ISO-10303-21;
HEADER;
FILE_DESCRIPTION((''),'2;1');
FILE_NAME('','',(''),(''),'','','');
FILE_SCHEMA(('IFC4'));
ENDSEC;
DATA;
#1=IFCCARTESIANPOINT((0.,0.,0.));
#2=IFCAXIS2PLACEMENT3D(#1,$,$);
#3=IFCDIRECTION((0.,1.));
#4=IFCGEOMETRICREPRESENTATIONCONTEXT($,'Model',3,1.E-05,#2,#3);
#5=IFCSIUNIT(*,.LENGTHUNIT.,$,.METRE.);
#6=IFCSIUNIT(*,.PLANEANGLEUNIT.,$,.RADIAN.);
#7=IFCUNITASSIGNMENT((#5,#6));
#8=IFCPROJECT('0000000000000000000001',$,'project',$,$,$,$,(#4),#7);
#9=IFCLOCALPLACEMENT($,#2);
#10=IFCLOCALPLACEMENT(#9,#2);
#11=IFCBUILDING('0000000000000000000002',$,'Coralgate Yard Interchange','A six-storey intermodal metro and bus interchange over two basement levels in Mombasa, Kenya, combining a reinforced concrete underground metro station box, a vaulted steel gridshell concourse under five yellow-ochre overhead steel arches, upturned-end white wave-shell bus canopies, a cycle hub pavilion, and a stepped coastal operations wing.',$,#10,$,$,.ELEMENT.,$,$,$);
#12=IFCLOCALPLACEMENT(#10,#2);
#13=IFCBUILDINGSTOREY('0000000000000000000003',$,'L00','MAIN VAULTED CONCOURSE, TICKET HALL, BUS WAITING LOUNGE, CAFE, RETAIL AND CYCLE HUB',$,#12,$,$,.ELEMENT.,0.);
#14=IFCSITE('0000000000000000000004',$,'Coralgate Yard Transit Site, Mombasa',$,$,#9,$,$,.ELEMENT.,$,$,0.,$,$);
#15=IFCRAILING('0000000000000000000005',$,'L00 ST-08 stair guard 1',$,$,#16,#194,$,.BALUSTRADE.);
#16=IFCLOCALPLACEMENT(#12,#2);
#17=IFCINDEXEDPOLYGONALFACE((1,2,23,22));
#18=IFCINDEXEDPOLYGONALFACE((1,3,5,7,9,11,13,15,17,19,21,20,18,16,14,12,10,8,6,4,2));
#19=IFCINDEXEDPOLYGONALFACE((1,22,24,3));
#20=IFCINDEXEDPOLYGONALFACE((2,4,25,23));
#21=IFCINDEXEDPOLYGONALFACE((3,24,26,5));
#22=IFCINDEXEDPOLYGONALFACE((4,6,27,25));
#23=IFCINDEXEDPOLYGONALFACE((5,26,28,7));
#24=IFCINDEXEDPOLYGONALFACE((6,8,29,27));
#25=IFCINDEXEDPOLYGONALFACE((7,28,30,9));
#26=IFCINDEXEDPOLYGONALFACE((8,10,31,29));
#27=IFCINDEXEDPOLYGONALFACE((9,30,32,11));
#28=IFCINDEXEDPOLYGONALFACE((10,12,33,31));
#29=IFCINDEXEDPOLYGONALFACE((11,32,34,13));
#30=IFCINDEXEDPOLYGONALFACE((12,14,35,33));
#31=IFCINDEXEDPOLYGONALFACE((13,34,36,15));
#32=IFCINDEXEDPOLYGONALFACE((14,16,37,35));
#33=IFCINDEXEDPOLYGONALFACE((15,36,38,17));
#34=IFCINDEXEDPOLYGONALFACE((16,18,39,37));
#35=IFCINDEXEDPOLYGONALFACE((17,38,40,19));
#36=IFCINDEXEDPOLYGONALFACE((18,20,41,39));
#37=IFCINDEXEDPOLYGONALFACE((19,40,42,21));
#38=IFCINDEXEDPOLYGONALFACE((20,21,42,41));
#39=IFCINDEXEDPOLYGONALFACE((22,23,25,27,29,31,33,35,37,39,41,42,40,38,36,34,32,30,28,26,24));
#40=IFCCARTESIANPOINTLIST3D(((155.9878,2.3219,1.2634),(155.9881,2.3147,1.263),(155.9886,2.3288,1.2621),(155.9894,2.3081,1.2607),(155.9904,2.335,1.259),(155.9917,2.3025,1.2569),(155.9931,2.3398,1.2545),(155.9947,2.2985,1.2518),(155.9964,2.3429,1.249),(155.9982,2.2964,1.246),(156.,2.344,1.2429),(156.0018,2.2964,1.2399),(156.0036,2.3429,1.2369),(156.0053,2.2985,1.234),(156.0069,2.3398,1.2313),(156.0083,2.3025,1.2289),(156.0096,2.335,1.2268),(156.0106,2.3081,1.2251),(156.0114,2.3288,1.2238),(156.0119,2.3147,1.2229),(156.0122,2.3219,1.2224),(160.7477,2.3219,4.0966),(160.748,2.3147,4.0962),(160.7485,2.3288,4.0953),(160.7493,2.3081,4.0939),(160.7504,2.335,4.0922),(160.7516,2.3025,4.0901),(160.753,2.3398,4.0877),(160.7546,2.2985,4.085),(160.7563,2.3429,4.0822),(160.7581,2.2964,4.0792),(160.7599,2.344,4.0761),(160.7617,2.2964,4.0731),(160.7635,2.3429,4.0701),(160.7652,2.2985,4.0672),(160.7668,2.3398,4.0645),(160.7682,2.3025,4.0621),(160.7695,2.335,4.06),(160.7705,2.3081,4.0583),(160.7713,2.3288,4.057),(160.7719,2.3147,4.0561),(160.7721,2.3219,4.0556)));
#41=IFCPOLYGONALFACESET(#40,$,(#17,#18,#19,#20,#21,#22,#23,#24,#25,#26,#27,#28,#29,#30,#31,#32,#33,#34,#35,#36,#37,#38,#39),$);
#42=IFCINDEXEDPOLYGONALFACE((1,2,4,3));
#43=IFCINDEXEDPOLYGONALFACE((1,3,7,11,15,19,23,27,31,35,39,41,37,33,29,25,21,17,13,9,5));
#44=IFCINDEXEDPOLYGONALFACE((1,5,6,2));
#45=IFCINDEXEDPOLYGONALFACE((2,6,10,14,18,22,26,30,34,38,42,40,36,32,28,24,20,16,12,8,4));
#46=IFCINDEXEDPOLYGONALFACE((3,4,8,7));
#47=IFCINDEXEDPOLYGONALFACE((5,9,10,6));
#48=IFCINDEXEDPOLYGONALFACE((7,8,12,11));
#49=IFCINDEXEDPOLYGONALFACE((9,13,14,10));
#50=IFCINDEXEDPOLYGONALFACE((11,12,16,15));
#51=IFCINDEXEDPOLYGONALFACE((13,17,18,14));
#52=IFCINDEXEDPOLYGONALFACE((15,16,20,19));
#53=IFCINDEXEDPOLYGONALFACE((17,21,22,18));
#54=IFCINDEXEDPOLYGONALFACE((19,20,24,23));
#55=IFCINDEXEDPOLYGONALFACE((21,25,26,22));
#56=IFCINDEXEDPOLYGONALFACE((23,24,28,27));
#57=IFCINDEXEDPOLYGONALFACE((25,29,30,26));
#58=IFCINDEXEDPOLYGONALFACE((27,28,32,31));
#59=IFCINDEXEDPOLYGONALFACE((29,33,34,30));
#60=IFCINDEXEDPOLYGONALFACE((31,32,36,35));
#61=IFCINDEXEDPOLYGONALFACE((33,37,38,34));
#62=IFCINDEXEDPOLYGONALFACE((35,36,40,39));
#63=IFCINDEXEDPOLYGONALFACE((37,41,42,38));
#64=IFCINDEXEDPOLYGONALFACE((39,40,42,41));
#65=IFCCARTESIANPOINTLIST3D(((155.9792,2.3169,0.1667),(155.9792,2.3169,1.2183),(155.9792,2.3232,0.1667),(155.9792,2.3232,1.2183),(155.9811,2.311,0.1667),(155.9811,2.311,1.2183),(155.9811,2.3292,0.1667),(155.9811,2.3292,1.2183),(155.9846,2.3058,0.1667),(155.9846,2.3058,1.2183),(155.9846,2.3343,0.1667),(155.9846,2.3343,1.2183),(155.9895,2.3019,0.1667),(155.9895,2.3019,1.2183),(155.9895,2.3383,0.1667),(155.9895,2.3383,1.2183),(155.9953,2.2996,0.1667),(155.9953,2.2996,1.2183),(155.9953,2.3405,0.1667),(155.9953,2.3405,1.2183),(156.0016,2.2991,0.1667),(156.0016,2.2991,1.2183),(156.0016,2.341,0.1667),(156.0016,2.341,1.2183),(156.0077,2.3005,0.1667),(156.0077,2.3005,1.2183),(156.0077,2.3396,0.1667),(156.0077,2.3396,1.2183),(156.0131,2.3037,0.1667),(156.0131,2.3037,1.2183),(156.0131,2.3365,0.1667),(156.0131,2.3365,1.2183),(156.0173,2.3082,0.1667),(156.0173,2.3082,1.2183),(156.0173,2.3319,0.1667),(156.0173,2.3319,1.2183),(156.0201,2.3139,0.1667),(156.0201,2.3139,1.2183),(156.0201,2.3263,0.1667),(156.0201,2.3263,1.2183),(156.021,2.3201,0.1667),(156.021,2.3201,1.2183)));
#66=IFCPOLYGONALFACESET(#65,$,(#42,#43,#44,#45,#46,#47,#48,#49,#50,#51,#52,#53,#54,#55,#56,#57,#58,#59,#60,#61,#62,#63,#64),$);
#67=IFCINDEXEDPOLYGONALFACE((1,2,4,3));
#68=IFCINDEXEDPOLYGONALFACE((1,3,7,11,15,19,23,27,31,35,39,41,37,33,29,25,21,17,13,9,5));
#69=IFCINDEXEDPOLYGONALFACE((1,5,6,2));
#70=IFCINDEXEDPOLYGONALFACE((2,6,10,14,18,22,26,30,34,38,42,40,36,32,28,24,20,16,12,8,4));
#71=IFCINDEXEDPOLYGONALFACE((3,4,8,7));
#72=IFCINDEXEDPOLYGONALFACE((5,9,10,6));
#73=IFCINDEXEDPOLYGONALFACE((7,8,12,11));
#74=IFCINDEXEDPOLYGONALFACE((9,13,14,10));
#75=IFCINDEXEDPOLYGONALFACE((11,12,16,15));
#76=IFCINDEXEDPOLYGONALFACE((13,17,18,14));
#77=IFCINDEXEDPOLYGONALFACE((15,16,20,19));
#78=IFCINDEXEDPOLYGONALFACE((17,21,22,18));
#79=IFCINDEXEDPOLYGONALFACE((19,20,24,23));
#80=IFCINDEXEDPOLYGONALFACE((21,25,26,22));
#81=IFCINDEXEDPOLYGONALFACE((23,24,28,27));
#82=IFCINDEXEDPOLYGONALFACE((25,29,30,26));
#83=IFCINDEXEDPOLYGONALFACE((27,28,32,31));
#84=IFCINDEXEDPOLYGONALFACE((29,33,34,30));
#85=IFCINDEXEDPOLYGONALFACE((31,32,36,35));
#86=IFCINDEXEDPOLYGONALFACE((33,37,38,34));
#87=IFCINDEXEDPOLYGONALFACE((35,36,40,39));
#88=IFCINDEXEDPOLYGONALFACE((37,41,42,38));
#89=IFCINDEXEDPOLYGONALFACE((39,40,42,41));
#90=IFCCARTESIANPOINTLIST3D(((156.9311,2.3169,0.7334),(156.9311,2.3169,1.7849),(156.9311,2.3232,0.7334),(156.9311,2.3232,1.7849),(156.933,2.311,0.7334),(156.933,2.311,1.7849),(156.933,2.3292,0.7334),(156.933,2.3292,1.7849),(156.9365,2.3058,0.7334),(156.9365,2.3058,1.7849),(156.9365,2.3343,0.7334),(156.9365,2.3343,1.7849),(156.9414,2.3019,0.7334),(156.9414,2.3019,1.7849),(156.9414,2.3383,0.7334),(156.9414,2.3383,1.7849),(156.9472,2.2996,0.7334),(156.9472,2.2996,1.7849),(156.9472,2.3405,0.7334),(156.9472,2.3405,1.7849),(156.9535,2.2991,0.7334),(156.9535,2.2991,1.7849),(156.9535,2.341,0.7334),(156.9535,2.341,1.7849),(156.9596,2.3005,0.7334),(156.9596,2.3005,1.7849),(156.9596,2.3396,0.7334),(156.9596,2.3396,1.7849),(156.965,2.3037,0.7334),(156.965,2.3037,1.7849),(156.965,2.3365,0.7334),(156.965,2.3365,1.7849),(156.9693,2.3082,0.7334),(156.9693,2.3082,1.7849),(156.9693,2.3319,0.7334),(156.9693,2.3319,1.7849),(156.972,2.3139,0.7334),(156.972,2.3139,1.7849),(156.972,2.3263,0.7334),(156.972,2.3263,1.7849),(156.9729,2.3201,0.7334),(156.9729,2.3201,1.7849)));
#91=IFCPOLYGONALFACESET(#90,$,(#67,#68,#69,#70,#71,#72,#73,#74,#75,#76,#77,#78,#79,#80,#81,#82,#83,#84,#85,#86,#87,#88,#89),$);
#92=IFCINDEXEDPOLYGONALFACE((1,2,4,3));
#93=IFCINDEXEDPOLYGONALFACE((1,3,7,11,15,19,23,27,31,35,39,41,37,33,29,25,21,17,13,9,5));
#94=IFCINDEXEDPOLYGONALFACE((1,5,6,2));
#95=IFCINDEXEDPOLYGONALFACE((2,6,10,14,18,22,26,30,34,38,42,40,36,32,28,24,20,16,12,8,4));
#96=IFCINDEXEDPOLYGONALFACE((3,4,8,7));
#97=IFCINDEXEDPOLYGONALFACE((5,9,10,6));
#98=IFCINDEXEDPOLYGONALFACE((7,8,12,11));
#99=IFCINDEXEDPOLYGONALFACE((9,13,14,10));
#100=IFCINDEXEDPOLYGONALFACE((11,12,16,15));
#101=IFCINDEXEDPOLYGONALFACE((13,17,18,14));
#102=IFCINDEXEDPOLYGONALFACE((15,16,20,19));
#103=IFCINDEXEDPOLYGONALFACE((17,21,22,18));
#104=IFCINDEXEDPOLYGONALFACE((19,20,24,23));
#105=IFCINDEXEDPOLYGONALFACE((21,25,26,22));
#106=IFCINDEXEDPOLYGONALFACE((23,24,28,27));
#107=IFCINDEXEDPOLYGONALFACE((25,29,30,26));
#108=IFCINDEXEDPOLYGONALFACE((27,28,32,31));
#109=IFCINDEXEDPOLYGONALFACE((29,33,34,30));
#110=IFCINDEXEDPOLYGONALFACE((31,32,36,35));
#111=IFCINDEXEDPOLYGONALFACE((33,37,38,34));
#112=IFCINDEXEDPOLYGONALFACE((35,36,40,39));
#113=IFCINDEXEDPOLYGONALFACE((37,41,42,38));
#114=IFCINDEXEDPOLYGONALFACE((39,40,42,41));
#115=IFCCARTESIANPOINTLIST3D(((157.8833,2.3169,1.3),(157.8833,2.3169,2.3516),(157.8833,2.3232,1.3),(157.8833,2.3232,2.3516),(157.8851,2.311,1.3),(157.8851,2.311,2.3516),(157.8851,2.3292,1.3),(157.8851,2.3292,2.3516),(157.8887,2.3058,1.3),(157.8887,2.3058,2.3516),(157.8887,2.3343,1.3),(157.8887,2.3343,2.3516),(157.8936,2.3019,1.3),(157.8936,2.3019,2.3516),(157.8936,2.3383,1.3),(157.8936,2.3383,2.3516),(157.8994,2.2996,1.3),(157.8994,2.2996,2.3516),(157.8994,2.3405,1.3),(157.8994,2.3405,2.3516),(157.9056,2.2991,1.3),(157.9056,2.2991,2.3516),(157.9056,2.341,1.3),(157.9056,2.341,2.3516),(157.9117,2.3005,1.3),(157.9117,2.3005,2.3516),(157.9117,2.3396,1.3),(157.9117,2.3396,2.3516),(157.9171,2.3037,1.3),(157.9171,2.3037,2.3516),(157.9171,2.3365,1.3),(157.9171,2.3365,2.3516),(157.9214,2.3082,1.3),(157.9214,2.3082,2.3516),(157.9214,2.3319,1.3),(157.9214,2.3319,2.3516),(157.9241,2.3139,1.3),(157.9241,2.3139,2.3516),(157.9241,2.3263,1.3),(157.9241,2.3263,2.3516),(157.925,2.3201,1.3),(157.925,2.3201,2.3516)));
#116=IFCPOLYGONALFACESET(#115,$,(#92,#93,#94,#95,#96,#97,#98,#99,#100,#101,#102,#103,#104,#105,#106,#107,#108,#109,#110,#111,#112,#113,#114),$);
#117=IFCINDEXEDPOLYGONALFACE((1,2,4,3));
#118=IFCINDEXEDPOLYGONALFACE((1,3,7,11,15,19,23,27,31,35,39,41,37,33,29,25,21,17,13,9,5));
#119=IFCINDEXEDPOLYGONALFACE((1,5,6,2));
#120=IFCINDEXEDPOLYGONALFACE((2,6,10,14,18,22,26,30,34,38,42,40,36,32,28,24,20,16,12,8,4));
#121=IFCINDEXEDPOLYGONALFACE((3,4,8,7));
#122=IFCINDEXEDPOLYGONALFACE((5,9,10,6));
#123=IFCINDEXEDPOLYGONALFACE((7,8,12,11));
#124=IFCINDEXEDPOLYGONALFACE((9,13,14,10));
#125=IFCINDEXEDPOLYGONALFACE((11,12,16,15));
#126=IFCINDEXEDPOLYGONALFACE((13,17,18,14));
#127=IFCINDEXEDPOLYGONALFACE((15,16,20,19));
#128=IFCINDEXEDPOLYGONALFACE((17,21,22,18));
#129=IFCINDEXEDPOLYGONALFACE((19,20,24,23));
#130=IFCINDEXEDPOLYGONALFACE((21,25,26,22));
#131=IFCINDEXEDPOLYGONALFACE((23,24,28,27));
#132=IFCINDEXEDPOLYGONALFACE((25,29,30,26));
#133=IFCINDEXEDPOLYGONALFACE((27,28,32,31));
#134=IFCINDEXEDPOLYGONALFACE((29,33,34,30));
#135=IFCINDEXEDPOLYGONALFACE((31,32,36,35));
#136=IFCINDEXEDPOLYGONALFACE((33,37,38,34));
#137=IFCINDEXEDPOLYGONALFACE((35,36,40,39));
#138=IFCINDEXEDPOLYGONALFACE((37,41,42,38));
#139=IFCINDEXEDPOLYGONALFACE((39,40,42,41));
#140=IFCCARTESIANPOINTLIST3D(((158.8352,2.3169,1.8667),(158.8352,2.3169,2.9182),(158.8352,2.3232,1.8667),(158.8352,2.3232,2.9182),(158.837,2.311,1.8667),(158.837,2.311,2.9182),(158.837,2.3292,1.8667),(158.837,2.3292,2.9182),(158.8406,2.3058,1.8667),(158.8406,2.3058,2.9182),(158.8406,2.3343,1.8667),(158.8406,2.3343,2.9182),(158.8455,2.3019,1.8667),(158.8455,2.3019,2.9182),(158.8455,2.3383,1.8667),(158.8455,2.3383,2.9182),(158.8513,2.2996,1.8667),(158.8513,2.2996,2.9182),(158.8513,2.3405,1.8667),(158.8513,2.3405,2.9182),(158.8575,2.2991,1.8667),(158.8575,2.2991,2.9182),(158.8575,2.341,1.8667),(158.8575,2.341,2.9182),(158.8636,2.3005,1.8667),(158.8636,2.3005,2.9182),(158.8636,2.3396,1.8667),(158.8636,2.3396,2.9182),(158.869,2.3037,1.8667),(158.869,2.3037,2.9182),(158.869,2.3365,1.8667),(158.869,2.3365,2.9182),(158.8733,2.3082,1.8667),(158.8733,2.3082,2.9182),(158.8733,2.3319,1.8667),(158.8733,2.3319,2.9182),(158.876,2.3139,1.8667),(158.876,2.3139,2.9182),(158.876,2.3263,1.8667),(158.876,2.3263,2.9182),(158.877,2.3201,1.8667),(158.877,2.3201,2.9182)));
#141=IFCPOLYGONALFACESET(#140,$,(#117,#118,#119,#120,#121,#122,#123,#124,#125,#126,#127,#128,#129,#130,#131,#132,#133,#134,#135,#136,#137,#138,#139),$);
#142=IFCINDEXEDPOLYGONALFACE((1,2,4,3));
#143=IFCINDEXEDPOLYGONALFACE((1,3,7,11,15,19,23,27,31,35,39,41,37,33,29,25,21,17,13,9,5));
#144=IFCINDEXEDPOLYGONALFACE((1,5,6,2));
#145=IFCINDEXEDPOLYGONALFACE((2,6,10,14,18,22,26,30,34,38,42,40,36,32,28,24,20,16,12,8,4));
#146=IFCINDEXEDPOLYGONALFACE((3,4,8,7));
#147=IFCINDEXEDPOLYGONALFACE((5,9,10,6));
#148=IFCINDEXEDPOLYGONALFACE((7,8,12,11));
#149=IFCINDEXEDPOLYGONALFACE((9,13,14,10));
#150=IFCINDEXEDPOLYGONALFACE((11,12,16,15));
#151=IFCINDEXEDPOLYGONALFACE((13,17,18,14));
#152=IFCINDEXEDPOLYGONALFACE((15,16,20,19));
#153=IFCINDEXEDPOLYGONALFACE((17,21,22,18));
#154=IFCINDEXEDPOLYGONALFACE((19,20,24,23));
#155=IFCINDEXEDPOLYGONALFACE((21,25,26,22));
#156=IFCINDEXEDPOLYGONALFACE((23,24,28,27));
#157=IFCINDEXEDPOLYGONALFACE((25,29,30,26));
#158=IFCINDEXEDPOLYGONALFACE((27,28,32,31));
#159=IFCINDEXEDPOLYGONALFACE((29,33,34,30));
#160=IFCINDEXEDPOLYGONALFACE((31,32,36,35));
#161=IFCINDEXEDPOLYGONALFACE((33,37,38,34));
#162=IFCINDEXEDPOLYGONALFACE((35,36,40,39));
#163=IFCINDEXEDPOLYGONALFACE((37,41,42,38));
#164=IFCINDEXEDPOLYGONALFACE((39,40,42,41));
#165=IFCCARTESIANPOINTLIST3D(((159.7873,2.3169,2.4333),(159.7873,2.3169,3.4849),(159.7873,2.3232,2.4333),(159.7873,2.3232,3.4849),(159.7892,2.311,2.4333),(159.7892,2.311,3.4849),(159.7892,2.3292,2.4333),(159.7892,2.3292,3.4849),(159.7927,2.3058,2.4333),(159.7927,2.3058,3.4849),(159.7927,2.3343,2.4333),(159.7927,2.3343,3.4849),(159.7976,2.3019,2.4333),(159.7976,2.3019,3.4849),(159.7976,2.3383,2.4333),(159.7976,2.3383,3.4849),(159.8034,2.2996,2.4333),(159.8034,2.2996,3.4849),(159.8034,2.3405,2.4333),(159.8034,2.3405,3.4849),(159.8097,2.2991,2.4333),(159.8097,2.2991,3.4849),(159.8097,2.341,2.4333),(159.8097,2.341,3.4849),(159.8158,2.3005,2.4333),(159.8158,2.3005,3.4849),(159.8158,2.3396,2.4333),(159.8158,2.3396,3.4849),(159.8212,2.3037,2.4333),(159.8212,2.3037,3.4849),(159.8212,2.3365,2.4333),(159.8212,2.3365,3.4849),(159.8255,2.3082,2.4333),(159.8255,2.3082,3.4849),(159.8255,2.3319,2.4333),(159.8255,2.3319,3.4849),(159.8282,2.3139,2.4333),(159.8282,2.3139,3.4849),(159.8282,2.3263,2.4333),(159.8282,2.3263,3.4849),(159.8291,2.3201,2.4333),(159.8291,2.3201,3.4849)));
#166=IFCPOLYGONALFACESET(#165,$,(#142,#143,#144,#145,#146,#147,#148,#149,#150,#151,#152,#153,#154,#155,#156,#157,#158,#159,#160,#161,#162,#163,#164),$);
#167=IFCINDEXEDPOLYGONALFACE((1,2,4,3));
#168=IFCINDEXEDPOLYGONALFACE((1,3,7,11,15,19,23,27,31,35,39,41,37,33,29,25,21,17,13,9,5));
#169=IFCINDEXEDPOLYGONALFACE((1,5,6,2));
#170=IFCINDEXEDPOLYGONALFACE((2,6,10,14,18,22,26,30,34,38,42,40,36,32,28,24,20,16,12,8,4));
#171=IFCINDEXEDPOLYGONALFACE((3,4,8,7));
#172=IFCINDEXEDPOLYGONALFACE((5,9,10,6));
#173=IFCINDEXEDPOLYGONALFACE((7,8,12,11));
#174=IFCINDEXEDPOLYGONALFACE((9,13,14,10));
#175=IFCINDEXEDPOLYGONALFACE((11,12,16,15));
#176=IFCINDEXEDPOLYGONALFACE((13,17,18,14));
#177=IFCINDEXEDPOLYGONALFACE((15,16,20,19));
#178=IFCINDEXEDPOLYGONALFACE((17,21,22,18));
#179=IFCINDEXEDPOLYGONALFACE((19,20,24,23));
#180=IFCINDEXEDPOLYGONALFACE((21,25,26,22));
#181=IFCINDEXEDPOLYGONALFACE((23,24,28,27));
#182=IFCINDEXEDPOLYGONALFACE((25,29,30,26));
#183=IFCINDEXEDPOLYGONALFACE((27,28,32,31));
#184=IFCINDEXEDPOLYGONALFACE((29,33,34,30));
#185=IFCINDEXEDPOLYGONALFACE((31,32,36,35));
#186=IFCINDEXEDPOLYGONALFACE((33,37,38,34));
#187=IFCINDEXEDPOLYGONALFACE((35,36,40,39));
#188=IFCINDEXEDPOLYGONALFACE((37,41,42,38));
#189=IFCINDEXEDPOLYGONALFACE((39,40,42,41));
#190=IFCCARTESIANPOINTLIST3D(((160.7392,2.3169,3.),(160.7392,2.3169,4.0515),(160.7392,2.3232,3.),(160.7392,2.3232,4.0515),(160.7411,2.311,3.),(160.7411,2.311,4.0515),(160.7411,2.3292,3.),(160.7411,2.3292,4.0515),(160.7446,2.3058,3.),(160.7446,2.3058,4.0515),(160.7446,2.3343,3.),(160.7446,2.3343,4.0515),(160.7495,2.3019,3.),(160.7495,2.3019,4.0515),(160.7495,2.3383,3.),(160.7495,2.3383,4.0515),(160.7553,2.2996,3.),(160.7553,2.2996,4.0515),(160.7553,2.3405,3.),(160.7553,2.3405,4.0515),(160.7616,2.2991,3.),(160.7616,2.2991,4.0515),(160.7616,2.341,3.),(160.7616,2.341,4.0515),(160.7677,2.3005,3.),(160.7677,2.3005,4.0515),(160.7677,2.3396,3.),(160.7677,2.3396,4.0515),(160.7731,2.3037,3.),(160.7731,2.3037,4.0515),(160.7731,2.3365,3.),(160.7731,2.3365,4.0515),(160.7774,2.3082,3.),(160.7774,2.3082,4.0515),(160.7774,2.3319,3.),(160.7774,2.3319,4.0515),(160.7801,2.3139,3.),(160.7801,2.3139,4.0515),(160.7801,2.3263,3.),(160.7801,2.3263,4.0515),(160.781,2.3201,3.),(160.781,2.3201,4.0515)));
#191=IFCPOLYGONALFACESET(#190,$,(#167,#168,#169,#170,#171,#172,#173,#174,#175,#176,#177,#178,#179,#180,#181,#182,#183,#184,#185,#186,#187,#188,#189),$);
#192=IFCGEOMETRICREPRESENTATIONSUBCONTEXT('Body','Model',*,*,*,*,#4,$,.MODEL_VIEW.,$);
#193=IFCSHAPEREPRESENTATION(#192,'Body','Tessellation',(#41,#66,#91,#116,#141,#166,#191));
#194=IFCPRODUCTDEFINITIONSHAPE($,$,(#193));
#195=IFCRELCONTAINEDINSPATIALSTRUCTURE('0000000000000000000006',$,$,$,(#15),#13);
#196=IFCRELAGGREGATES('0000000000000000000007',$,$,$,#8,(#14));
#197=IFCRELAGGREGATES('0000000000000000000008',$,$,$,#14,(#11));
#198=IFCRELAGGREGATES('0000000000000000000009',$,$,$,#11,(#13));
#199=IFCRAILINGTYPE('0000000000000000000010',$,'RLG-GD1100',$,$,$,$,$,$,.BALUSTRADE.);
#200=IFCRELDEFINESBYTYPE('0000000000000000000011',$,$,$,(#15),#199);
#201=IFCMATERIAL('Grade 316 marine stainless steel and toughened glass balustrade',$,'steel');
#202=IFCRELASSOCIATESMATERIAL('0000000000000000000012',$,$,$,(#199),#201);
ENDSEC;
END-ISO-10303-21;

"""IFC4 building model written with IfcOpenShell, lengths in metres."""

from ifc_helpers import new_model, si_unit, direction, frame, origin, origin_2d, place, context, subcontext, project, spatial, circle, extrude, material, type_object, element, save


model = new_model("IFC4")

# Units and contexts
model_context = context("Model", 3, precision=1e-05, world=origin(), true_north=direction((0.0, 1.0)))
body_context = subcontext(model_context, "Body", "Model", "MODEL_VIEW")
ifc_project = project(units=[si_unit("LENGTHUNIT", "METRE"), si_unit("PLANEANGLEUNIT", "RADIAN")], contexts=[model_context])

# Site, building, storey
site_placement = place(None, origin())
site = spatial("IfcSite", under=ifc_project, at=site_placement, Name="Coralgate Yard Transit Site, Mombasa", CompositionType="ELEMENT", RefElevation=0.0)
building_placement = place(site_placement, origin())
building = spatial("IfcBuilding", under=site, at=building_placement, Name="Coralgate Yard Interchange", Description="A six-storey intermodal metro and bus interchange over two basement levels in Mombasa, Kenya, combining a reinforced concrete underground metro station box, a vaulted steel gridshell concourse under five yellow-ochre overhead steel arches, upturned-end white wave-shell bus canopies, a cycle hub pavilion, and a stepped coastal operations wing.", CompositionType="ELEMENT")
storey_placement = place(building_placement, origin())
storey = spatial("IfcBuildingStorey", under=building, at=storey_placement, Name="L00", Description="MAIN VAULTED CONCOURSE, TICKET HALL, BUS WAITING LOUNGE, CAFE, RETAIL AND CYCLE HUB", CompositionType="ELEMENT", Elevation=0.0)

# Railing
ifc_material_1 = material(Name="Grade 316 marine stainless steel and toughened glass balustrade", Category="steel")
railing_type_1 = type_object("IfcRailingType", Name="RLG-GD1100", PredefinedType="BALUSTRADE", material=ifc_material_1)
railing_1_placement = place(storey_placement, frame((156.0, 2.3201, 0.1667)))
element("IfcRailing", 1, at=railing_1_placement, inside=storey, type_object=railing_type_1, Name="L00 ST-08 stair guard 1", PredefinedType="BALUSTRADE", context=body_context, shape_type="SweptSolid", body=[
    extrude(circle(Radius=0.0239, at=origin_2d()), frame((0.0, 0.0, 1.0762), z_axis=(0.8593, 0.0, 0.511472), x_axis=(0.0, 1.0, 0.0)), (0.0, 0.0, 1.0), 5.5393),
    extrude(circle(Radius=0.021, at=origin_2d()), origin(), (0.0, 0.0, 1.0), 1.0515),
    extrude(circle(Radius=0.021, at=origin_2d()), frame((0.9519, 0.0, 0.5667)), (0.0, 0.0, 1.0), 1.0515),
    extrude(circle(Radius=0.021, at=origin_2d()), frame((1.9041, 0.0, 1.1333)), (0.0, 0.0, 1.0), 1.0515),
    extrude(circle(Radius=0.021, at=origin_2d()), frame((2.856, 0.0, 1.7)), (0.0, 0.0, 1.0), 1.0515),
    extrude(circle(Radius=0.021, at=origin_2d()), frame((3.8081, 0.0, 2.2666)), (0.0, 0.0, 1.0), 1.0515),
    extrude(circle(Radius=0.021, at=origin_2d()), frame((4.76, 0.0, 2.8333)), (0.0, 0.0, 1.0), 1.0515),
])

save(model, "model.ifc")
